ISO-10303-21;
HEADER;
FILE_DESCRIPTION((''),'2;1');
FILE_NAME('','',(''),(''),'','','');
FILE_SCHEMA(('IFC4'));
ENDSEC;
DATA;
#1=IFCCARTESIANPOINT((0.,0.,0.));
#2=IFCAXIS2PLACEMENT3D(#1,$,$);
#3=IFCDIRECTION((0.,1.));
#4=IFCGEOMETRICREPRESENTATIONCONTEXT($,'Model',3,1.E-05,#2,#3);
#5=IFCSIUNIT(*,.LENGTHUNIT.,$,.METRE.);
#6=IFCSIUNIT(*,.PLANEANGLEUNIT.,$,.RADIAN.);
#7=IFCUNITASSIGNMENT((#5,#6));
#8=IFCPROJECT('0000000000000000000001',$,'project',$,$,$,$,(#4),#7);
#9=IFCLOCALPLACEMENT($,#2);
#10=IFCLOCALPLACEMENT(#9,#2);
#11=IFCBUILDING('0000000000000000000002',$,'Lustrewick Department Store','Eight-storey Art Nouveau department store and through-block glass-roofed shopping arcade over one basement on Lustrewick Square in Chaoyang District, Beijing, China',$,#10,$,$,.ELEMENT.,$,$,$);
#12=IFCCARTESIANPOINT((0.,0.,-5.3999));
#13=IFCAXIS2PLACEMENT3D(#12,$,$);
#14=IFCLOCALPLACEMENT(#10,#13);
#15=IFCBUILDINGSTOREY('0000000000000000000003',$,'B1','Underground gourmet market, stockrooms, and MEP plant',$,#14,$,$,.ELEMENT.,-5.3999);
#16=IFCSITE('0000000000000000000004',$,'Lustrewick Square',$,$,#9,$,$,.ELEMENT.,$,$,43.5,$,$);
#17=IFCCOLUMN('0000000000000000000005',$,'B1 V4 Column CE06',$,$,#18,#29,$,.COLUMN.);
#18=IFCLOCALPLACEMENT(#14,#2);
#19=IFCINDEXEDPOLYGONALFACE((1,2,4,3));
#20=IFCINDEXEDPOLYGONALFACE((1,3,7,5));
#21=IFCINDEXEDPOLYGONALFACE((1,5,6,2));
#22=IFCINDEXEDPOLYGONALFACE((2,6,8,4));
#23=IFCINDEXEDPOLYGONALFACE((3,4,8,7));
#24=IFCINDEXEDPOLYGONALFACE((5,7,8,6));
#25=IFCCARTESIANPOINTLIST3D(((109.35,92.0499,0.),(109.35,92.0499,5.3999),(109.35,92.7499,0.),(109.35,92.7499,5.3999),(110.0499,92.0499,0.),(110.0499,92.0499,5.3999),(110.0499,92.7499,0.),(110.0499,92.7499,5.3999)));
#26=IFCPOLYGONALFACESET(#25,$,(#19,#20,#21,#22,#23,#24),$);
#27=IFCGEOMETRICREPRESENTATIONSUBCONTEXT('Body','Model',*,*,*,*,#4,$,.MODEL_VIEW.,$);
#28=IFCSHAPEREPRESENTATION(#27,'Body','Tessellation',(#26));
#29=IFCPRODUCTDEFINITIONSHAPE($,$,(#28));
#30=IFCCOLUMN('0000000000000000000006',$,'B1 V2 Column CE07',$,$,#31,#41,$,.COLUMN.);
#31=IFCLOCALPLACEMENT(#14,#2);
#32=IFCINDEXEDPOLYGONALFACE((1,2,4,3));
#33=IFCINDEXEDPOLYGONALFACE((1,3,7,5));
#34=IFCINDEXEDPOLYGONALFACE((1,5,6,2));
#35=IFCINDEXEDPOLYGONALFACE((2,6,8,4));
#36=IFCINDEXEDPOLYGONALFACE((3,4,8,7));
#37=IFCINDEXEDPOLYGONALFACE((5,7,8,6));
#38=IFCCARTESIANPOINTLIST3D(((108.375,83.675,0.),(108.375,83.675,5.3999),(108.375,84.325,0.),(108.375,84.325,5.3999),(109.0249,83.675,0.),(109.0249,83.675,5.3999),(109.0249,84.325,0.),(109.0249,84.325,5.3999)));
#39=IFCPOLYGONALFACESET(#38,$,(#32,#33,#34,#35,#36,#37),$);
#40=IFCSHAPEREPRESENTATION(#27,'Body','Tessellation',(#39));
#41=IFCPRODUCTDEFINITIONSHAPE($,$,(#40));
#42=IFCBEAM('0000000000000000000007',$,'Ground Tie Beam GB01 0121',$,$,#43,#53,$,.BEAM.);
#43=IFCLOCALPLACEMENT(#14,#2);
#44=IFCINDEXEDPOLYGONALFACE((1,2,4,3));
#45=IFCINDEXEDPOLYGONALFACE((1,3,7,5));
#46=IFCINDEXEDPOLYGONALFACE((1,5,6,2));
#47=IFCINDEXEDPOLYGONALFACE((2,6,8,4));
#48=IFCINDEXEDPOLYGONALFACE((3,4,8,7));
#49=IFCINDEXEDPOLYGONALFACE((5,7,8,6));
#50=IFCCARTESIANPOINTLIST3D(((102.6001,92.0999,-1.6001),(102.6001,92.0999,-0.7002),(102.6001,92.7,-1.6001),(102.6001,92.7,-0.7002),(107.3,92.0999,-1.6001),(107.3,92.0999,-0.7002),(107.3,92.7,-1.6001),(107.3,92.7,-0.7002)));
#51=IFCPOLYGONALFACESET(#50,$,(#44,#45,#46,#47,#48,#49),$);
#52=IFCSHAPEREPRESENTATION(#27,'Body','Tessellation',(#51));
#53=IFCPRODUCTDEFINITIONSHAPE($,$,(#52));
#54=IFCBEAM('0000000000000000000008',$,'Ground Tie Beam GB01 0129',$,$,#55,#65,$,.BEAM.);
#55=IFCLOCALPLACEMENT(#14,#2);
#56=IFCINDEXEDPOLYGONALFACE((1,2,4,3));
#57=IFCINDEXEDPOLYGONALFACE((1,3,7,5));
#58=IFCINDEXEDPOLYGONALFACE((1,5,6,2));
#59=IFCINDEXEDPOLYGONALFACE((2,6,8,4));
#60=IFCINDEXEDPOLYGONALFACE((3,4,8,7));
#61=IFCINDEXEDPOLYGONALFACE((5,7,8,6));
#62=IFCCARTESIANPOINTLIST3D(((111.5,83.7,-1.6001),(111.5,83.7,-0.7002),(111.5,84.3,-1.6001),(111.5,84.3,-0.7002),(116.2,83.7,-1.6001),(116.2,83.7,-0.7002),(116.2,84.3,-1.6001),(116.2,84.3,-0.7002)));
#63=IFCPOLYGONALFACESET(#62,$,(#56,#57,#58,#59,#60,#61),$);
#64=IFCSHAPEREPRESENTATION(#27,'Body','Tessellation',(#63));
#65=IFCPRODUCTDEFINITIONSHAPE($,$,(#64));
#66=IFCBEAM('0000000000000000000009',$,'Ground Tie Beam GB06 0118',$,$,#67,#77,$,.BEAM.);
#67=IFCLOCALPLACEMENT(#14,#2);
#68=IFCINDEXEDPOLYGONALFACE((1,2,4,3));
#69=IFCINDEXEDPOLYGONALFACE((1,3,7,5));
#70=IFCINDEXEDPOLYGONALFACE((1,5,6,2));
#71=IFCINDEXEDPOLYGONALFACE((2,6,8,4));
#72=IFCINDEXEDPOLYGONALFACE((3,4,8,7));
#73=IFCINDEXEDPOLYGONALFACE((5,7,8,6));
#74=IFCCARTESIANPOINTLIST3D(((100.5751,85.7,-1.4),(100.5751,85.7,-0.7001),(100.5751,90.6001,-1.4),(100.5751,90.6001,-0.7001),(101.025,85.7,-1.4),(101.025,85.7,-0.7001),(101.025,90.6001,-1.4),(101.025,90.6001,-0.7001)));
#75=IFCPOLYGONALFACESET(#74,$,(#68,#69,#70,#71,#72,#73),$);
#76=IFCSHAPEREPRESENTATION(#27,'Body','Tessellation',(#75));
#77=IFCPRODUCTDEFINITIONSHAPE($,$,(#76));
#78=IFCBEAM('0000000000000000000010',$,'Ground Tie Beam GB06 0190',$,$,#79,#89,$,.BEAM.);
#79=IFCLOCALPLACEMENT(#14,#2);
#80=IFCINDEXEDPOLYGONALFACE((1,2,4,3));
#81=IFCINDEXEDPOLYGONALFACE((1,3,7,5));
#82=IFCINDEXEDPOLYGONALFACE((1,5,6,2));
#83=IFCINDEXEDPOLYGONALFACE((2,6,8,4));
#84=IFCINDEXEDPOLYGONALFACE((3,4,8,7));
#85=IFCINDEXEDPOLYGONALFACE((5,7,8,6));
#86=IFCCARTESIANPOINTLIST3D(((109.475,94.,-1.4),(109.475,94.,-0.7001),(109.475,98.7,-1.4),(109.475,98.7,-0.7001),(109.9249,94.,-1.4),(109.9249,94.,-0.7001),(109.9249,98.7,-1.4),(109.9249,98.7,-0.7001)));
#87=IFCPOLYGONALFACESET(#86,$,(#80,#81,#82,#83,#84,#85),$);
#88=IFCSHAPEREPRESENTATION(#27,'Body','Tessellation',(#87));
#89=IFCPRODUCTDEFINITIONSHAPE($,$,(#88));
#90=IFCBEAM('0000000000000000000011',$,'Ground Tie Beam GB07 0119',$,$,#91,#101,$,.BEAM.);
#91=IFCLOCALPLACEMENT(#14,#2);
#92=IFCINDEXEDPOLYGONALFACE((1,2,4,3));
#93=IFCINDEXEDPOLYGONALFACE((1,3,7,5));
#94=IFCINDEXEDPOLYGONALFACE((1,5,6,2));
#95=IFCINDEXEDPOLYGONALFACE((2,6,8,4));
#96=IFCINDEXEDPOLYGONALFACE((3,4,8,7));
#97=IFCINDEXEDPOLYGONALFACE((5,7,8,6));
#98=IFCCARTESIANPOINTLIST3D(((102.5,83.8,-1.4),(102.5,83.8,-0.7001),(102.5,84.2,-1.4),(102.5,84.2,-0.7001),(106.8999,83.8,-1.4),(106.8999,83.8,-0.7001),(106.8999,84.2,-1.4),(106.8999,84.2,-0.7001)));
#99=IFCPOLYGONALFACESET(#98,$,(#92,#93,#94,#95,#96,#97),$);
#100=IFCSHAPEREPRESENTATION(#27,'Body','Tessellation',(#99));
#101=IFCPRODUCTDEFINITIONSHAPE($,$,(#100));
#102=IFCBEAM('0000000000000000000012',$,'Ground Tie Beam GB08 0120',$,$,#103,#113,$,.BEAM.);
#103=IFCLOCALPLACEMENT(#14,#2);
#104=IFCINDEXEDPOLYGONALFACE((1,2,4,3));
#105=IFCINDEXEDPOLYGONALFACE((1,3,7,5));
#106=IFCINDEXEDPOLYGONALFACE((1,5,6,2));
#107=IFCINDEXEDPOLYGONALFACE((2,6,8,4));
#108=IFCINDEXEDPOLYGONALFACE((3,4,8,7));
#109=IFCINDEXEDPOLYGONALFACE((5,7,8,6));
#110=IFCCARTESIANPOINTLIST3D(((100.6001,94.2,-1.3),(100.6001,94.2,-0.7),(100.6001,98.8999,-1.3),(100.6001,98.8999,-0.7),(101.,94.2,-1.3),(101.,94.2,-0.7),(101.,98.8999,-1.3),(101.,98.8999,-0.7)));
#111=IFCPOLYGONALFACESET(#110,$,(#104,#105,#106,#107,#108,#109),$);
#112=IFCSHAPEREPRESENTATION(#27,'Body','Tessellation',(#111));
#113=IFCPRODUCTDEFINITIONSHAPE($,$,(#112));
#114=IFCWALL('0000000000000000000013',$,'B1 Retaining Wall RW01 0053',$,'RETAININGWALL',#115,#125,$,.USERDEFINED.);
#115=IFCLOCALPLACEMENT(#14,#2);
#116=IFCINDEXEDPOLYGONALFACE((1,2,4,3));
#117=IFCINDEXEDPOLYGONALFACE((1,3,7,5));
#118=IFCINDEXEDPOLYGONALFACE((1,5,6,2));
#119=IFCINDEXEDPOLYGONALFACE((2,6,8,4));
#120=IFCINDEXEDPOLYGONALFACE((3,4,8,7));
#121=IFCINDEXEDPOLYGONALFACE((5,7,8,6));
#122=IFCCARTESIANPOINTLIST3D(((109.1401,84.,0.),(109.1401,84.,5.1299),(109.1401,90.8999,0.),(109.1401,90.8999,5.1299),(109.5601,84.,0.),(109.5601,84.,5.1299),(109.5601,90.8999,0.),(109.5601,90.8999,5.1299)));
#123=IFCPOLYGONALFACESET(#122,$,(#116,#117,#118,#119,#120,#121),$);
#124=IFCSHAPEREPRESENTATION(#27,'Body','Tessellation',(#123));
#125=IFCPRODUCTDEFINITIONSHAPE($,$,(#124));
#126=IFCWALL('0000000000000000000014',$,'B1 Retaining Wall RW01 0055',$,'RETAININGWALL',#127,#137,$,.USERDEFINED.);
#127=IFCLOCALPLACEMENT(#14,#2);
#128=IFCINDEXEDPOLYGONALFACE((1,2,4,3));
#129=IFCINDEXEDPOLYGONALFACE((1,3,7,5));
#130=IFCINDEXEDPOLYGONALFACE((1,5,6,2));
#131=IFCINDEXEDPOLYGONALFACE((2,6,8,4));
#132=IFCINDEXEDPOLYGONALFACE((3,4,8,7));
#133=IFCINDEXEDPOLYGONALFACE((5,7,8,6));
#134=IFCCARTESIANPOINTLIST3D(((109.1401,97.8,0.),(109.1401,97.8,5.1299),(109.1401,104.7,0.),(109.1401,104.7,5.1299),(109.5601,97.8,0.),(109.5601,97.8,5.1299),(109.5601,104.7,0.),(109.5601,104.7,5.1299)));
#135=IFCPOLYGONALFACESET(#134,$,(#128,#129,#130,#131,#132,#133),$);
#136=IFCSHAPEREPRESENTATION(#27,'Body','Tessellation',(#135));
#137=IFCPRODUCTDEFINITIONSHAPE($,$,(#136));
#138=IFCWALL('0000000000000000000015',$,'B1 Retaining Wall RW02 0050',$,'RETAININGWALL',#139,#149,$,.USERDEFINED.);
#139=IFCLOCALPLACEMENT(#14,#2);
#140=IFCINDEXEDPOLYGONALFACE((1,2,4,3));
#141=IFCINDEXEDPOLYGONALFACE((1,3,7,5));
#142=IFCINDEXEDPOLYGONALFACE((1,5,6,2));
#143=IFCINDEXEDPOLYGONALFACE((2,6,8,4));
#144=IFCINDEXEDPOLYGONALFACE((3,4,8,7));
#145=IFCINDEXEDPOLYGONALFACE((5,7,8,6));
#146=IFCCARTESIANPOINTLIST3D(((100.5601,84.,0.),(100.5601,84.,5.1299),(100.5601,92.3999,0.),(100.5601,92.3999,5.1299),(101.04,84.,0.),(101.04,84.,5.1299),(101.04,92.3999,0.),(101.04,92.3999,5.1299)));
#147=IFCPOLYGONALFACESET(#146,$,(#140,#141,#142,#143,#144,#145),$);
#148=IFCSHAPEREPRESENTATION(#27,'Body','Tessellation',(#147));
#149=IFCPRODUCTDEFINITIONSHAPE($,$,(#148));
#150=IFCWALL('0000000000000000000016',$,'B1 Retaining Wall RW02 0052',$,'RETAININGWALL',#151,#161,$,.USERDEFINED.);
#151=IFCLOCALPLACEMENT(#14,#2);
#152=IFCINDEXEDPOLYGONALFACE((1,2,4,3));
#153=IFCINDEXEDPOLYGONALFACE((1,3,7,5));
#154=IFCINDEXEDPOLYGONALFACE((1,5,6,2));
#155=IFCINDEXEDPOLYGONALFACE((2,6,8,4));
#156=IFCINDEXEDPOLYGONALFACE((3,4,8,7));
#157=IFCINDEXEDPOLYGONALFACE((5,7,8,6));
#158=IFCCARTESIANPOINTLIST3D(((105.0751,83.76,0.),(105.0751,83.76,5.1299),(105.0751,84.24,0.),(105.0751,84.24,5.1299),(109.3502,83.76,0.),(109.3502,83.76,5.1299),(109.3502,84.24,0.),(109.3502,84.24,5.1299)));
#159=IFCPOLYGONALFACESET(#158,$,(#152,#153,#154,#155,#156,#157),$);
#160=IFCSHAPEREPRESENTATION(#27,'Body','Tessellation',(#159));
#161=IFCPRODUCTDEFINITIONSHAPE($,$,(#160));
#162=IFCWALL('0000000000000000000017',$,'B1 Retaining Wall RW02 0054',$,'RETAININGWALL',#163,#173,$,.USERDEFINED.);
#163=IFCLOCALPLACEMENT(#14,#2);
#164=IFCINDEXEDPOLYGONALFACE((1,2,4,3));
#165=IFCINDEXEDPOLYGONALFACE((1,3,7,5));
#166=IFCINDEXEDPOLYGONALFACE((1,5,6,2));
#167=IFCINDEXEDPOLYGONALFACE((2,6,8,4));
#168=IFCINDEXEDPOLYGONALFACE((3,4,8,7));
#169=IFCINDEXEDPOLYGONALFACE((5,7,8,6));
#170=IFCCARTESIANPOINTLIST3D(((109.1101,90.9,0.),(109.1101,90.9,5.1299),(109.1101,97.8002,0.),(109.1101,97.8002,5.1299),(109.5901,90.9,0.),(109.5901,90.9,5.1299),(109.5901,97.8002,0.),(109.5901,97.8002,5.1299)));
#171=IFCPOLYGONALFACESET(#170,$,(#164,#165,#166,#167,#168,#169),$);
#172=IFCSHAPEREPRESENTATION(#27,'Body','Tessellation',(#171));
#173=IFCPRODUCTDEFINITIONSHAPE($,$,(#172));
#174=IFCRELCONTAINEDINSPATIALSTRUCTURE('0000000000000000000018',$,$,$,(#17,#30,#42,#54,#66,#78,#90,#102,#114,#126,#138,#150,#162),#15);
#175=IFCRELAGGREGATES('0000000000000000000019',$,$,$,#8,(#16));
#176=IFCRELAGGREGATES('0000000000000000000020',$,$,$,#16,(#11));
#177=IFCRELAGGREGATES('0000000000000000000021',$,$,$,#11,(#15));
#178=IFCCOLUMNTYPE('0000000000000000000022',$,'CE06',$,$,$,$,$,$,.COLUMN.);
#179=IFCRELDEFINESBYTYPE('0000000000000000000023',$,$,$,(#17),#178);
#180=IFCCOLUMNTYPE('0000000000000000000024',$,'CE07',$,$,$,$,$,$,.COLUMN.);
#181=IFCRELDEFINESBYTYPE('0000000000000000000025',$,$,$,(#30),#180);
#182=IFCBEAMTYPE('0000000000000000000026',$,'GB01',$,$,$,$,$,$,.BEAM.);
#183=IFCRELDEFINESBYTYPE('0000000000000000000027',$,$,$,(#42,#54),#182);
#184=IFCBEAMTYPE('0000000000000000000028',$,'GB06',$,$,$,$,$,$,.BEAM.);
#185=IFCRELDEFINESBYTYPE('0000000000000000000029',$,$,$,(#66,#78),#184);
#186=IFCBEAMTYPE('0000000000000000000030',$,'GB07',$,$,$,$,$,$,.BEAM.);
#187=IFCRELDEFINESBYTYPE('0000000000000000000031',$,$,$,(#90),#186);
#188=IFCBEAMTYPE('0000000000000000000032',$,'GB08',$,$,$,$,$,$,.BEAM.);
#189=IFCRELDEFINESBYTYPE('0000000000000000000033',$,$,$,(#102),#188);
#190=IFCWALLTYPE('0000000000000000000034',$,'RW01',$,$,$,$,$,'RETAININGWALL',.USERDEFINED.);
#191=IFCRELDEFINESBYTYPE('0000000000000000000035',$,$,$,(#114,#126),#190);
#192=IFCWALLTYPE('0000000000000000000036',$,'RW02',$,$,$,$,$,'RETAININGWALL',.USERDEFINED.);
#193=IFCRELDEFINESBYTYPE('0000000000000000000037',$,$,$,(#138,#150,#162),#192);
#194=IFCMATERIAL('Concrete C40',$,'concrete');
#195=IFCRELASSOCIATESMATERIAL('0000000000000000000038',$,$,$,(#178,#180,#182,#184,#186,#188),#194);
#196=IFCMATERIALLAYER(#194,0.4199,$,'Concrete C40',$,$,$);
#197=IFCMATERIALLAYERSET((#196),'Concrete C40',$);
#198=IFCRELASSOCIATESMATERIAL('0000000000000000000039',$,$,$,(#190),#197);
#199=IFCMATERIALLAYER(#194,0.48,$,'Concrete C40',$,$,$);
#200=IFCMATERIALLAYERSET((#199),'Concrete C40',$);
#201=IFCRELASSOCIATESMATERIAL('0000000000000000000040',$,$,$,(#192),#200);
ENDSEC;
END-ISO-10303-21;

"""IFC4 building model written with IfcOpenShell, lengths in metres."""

from ifc_helpers import new_model, si_unit, direction, frame, frame_2d, origin, origin_2d, place, context, subcontext, project, spatial, rectangle, extrude, material, layer, layer_set, material_profile, profile_set, type_object, element, save


model = new_model("IFC4")

# Units and contexts
model_context = context("Model", 3, precision=1e-05, world=origin(), true_north=direction((0.0, 1.0)))
body_context = subcontext(model_context, "Body", "Model", "MODEL_VIEW")
ifc_project = project(units=[si_unit("LENGTHUNIT", "METRE"), si_unit("PLANEANGLEUNIT", "RADIAN")], contexts=[model_context])

# Site, building, storey
site_placement = place(None, origin())
site = spatial("IfcSite", under=ifc_project, at=site_placement, Name="Lustrewick Square", CompositionType="ELEMENT", RefElevation=43.5)
building_placement = place(site_placement, origin())
building = spatial("IfcBuilding", under=site, at=building_placement, Name="Lustrewick Department Store", Description="Eight-storey Art Nouveau department store and through-block glass-roofed shopping arcade over one basement on Lustrewick Square in Chaoyang District, Beijing, China", CompositionType="ELEMENT")
storey_placement = place(building_placement, frame((0.0, 0.0, -5.3999)))
storey = spatial("IfcBuildingStorey", under=building, at=storey_placement, Name="B1", Description="Underground gourmet market, stockrooms, and MEP plant", CompositionType="ELEMENT", Elevation=-5.3999)

# Shared definitions
ifc_material_1 = material(Name="Concrete C40", Category="concrete")

# Columns
ifc_material_profile_1 = material_profile(ifc_material_1, rectangle(XDim=0.7, YDim=0.7, at=origin_2d()), Name="RC 700x700")
ifc_profile_set_1 = profile_set([ifc_material_profile_1], Name="Concrete C40")
column_type_1 = type_object("IfcColumnType", Name="CE06", PredefinedType="COLUMN", material=ifc_profile_set_1)
column_1_placement = place(storey_placement, frame((109.7, 92.3999, 0.0), z_axis=(0.0, 0.0, 1.0), x_axis=(1.0, 0.0, 0.0)))
element("IfcColumn", 1, at=column_1_placement, inside=storey, type_object=column_type_1, Name="B1 V4 Column CE06", PredefinedType="COLUMN", context=body_context, shape_type="SweptSolid", body=[
    extrude(rectangle(XDim=0.7, YDim=0.7, at=origin_2d()), origin(), (0.0, 0.0, 1.0), 5.3999),
])
ifc_material_profile_2 = material_profile(ifc_material_1, rectangle(XDim=0.6499, YDim=0.6499, at=origin_2d()), Name="RC 650x650")
ifc_profile_set_2 = profile_set([ifc_material_profile_2], Name="Concrete C40")
column_type_2 = type_object("IfcColumnType", Name="CE07", PredefinedType="COLUMN", material=ifc_profile_set_2)
column_2_placement = place(storey_placement, frame((108.7, 84.0, 0.0), z_axis=(0.0, 0.0, 1.0), x_axis=(1.0, 0.0, 0.0)))
element("IfcColumn", 2, at=column_2_placement, inside=storey, type_object=column_type_2, Name="B1 V2 Column CE07", PredefinedType="COLUMN", context=body_context, shape_type="SweptSolid", body=[
    extrude(rectangle(XDim=0.6499, YDim=0.6499, at=origin_2d()), origin(), (0.0, 0.0, 1.0), 5.3999),
])

# Beams
ifc_material_profile_3 = material_profile(ifc_material_1, rectangle(XDim=0.6001, YDim=0.8999, at=origin_2d()), Name="RC 600x900")
ifc_profile_set_3 = profile_set([ifc_material_profile_3], Name="Concrete C40")
beam_type_1 = type_object("IfcBeamType", Name="GB01", PredefinedType="BEAM", material=ifc_profile_set_3)
for number, where, z_axis, x_axis, name in (
    (3, (102.6001, 92.3999, -1.1501), (1.0, 0.0, 0.0), (0.0, 1.0, 0.0), "Ground Tie Beam GB01 0121"),
    (4, (111.5, 84.0, -1.1501), (1.0, 0.0, 0.0), (0.0, 1.0, 0.0), "Ground Tie Beam GB01 0129"),
):
    element("IfcBeam", number, at=place(storey_placement, frame(where, z_axis=z_axis, x_axis=x_axis)), inside=storey, type_object=beam_type_1, Name=name, PredefinedType="BEAM", context=body_context, shape_type="SweptSolid", body=[
        extrude(rectangle(XDim=0.6001, YDim=0.8999, at=origin_2d()), origin(), (0.0, 0.0, 1.0), 4.7),
    ])
ifc_material_profile_4 = material_profile(ifc_material_1, rectangle(XDim=0.45, YDim=0.7, at=origin_2d()), Name="RC 450x700")
ifc_profile_set_4 = profile_set([ifc_material_profile_4], Name="Concrete C40")
beam_type_2 = type_object("IfcBeamType", Name="GB06", PredefinedType="BEAM", material=ifc_profile_set_4)
beam_1_placement = place(storey_placement, frame((100.8, 85.7, -1.05), z_axis=(0.0, 1.0, 0.0), x_axis=(-1.0, 0.0, 0.0)))
element("IfcBeam", 5, at=beam_1_placement, inside=storey, type_object=beam_type_2, Name="Ground Tie Beam GB06 0118", PredefinedType="BEAM", context=body_context, shape_type="SweptSolid", body=[
    extrude(rectangle(XDim=0.45, YDim=0.7, at=origin_2d()), origin(), (0.0, 0.0, 1.0), 4.9001),
])
beam_2_placement = place(storey_placement, frame((109.7, 94.0, -1.05), z_axis=(0.0, 1.0, 0.0), x_axis=(-1.0, 0.0, 0.0)))
element("IfcBeam", 6, at=beam_2_placement, inside=storey, type_object=beam_type_2, Name="Ground Tie Beam GB06 0190", PredefinedType="BEAM", context=body_context, shape_type="SweptSolid", body=[
    extrude(rectangle(XDim=0.45, YDim=0.7, at=origin_2d()), origin(), (0.0, 0.0, 1.0), 4.7),
])
ifc_material_profile_5 = material_profile(ifc_material_1, rectangle(XDim=0.3999, YDim=0.7, at=origin_2d()), Name="RC 400x700")
ifc_profile_set_5 = profile_set([ifc_material_profile_5], Name="Concrete C40")
beam_type_3 = type_object("IfcBeamType", Name="GB07", PredefinedType="BEAM", material=ifc_profile_set_5)
beam_3_placement = place(storey_placement, frame((102.5, 84.0, -1.05), z_axis=(1.0, 0.0, 0.0), x_axis=(0.0, 1.0, 0.0)))
element("IfcBeam", 7, at=beam_3_placement, inside=storey, type_object=beam_type_3, Name="Ground Tie Beam GB07 0119", PredefinedType="BEAM", context=body_context, shape_type="SweptSolid", body=[
    extrude(rectangle(XDim=0.3999, YDim=0.7, at=origin_2d()), origin(), (0.0, 0.0, 1.0), 4.3999),
])
ifc_material_profile_6 = material_profile(ifc_material_1, rectangle(XDim=0.3999, YDim=0.6001, at=origin_2d()), Name="RC 400x600")
ifc_profile_set_6 = profile_set([ifc_material_profile_6], Name="Concrete C40")
beam_type_4 = type_object("IfcBeamType", Name="GB08", PredefinedType="BEAM", material=ifc_profile_set_6)
beam_4_placement = place(storey_placement, frame((100.8, 94.2, -1.0), z_axis=(0.0, 1.0, 0.0), x_axis=(-1.0, 0.0, 0.0)))
element("IfcBeam", 8, at=beam_4_placement, inside=storey, type_object=beam_type_4, Name="Ground Tie Beam GB08 0120", PredefinedType="BEAM", context=body_context, shape_type="SweptSolid", body=[
    extrude(rectangle(XDim=0.3999, YDim=0.6001, at=origin_2d()), origin(), (0.0, 0.0, 1.0), 4.7),
])

# Walls
ifc_layer_1 = layer(ifc_material_1, 0.4199, Name="Concrete C40")
ifc_layer_set_1 = layer_set([ifc_layer_1], Name="Concrete C40")
wall_type_1 = type_object("IfcWallType", Name="RW01", ElementType="RETAININGWALL", PredefinedType="USERDEFINED", material=ifc_layer_set_1)
for number, where, z_axis, x_axis, name in (
    (9, (109.3501, 84.0, 0.0), (0.0, 0.0, 1.0), (0.0, 1.0, 0.0), "B1 Retaining Wall RW01 0053"),
    (10, (109.3501, 97.8, 0.0), (0.0, 0.0, 1.0), (0.0, 1.0, 0.0), "B1 Retaining Wall RW01 0055"),
):
    element("IfcWall", number, at=place(storey_placement, frame(where, z_axis=z_axis, x_axis=x_axis)), inside=storey, type_object=wall_type_1, Name=name, ObjectType="RETAININGWALL", PredefinedType="USERDEFINED", context=body_context, shape_type="SweptSolid", body=[
        extrude(rectangle(XDim=6.8999, YDim=0.4199, at=frame_2d((3.45, 0.0))), origin(), (0.0, 0.0, 1.0), 5.1299),
    ])
ifc_layer_2 = layer(ifc_material_1, 0.48, Name="Concrete C40")
ifc_layer_set_2 = layer_set([ifc_layer_2], Name="Concrete C40")
wall_type_2 = type_object("IfcWallType", Name="RW02", ElementType="RETAININGWALL", PredefinedType="USERDEFINED", material=ifc_layer_set_2)
wall_1_placement = place(storey_placement, frame((100.8, 92.3999, 0.0), z_axis=(0.0, 0.0, 1.0), x_axis=(0.0, -1.0, 0.0)))
element("IfcWall", 11, at=wall_1_placement, inside=storey, type_object=wall_type_2, Name="B1 Retaining Wall RW02 0050", ObjectType="RETAININGWALL", PredefinedType="USERDEFINED", context=body_context, shape_type="SweptSolid", body=[
    extrude(rectangle(XDim=8.3999, YDim=0.48, at=frame_2d((4.2, 0.0))), origin(), (0.0, 0.0, 1.0), 5.1299),
])
wall_2_placement = place(storey_placement, frame((105.075, 84.0, 0.0), z_axis=(0.0, 0.0, 1.0), x_axis=(1.0, 0.0, 0.0)))
element("IfcWall", 12, at=wall_2_placement, inside=storey, type_object=wall_type_2, Name="B1 Retaining Wall RW02 0052", ObjectType="RETAININGWALL", PredefinedType="USERDEFINED", context=body_context, shape_type="SweptSolid", body=[
    extrude(rectangle(XDim=4.2751, YDim=0.48, at=frame_2d((2.1377, 0.0))), origin(), (0.0, 0.0, 1.0), 5.1299),
])
wall_3_placement = place(storey_placement, frame((109.3501, 90.8999, 0.0), z_axis=(0.0, 0.0, 1.0), x_axis=(0.0, 1.0, 0.0)))
element("IfcWall", 13, at=wall_3_placement, inside=storey, type_object=wall_type_2, Name="B1 Retaining Wall RW02 0054", ObjectType="RETAININGWALL", PredefinedType="USERDEFINED", context=body_context, shape_type="SweptSolid", body=[
    extrude(rectangle(XDim=6.9001, YDim=0.48, at=frame_2d((3.4502, 0.0))), origin(), (0.0, 0.0, 1.0), 5.1299),
])

save(model, "model.ifc")
